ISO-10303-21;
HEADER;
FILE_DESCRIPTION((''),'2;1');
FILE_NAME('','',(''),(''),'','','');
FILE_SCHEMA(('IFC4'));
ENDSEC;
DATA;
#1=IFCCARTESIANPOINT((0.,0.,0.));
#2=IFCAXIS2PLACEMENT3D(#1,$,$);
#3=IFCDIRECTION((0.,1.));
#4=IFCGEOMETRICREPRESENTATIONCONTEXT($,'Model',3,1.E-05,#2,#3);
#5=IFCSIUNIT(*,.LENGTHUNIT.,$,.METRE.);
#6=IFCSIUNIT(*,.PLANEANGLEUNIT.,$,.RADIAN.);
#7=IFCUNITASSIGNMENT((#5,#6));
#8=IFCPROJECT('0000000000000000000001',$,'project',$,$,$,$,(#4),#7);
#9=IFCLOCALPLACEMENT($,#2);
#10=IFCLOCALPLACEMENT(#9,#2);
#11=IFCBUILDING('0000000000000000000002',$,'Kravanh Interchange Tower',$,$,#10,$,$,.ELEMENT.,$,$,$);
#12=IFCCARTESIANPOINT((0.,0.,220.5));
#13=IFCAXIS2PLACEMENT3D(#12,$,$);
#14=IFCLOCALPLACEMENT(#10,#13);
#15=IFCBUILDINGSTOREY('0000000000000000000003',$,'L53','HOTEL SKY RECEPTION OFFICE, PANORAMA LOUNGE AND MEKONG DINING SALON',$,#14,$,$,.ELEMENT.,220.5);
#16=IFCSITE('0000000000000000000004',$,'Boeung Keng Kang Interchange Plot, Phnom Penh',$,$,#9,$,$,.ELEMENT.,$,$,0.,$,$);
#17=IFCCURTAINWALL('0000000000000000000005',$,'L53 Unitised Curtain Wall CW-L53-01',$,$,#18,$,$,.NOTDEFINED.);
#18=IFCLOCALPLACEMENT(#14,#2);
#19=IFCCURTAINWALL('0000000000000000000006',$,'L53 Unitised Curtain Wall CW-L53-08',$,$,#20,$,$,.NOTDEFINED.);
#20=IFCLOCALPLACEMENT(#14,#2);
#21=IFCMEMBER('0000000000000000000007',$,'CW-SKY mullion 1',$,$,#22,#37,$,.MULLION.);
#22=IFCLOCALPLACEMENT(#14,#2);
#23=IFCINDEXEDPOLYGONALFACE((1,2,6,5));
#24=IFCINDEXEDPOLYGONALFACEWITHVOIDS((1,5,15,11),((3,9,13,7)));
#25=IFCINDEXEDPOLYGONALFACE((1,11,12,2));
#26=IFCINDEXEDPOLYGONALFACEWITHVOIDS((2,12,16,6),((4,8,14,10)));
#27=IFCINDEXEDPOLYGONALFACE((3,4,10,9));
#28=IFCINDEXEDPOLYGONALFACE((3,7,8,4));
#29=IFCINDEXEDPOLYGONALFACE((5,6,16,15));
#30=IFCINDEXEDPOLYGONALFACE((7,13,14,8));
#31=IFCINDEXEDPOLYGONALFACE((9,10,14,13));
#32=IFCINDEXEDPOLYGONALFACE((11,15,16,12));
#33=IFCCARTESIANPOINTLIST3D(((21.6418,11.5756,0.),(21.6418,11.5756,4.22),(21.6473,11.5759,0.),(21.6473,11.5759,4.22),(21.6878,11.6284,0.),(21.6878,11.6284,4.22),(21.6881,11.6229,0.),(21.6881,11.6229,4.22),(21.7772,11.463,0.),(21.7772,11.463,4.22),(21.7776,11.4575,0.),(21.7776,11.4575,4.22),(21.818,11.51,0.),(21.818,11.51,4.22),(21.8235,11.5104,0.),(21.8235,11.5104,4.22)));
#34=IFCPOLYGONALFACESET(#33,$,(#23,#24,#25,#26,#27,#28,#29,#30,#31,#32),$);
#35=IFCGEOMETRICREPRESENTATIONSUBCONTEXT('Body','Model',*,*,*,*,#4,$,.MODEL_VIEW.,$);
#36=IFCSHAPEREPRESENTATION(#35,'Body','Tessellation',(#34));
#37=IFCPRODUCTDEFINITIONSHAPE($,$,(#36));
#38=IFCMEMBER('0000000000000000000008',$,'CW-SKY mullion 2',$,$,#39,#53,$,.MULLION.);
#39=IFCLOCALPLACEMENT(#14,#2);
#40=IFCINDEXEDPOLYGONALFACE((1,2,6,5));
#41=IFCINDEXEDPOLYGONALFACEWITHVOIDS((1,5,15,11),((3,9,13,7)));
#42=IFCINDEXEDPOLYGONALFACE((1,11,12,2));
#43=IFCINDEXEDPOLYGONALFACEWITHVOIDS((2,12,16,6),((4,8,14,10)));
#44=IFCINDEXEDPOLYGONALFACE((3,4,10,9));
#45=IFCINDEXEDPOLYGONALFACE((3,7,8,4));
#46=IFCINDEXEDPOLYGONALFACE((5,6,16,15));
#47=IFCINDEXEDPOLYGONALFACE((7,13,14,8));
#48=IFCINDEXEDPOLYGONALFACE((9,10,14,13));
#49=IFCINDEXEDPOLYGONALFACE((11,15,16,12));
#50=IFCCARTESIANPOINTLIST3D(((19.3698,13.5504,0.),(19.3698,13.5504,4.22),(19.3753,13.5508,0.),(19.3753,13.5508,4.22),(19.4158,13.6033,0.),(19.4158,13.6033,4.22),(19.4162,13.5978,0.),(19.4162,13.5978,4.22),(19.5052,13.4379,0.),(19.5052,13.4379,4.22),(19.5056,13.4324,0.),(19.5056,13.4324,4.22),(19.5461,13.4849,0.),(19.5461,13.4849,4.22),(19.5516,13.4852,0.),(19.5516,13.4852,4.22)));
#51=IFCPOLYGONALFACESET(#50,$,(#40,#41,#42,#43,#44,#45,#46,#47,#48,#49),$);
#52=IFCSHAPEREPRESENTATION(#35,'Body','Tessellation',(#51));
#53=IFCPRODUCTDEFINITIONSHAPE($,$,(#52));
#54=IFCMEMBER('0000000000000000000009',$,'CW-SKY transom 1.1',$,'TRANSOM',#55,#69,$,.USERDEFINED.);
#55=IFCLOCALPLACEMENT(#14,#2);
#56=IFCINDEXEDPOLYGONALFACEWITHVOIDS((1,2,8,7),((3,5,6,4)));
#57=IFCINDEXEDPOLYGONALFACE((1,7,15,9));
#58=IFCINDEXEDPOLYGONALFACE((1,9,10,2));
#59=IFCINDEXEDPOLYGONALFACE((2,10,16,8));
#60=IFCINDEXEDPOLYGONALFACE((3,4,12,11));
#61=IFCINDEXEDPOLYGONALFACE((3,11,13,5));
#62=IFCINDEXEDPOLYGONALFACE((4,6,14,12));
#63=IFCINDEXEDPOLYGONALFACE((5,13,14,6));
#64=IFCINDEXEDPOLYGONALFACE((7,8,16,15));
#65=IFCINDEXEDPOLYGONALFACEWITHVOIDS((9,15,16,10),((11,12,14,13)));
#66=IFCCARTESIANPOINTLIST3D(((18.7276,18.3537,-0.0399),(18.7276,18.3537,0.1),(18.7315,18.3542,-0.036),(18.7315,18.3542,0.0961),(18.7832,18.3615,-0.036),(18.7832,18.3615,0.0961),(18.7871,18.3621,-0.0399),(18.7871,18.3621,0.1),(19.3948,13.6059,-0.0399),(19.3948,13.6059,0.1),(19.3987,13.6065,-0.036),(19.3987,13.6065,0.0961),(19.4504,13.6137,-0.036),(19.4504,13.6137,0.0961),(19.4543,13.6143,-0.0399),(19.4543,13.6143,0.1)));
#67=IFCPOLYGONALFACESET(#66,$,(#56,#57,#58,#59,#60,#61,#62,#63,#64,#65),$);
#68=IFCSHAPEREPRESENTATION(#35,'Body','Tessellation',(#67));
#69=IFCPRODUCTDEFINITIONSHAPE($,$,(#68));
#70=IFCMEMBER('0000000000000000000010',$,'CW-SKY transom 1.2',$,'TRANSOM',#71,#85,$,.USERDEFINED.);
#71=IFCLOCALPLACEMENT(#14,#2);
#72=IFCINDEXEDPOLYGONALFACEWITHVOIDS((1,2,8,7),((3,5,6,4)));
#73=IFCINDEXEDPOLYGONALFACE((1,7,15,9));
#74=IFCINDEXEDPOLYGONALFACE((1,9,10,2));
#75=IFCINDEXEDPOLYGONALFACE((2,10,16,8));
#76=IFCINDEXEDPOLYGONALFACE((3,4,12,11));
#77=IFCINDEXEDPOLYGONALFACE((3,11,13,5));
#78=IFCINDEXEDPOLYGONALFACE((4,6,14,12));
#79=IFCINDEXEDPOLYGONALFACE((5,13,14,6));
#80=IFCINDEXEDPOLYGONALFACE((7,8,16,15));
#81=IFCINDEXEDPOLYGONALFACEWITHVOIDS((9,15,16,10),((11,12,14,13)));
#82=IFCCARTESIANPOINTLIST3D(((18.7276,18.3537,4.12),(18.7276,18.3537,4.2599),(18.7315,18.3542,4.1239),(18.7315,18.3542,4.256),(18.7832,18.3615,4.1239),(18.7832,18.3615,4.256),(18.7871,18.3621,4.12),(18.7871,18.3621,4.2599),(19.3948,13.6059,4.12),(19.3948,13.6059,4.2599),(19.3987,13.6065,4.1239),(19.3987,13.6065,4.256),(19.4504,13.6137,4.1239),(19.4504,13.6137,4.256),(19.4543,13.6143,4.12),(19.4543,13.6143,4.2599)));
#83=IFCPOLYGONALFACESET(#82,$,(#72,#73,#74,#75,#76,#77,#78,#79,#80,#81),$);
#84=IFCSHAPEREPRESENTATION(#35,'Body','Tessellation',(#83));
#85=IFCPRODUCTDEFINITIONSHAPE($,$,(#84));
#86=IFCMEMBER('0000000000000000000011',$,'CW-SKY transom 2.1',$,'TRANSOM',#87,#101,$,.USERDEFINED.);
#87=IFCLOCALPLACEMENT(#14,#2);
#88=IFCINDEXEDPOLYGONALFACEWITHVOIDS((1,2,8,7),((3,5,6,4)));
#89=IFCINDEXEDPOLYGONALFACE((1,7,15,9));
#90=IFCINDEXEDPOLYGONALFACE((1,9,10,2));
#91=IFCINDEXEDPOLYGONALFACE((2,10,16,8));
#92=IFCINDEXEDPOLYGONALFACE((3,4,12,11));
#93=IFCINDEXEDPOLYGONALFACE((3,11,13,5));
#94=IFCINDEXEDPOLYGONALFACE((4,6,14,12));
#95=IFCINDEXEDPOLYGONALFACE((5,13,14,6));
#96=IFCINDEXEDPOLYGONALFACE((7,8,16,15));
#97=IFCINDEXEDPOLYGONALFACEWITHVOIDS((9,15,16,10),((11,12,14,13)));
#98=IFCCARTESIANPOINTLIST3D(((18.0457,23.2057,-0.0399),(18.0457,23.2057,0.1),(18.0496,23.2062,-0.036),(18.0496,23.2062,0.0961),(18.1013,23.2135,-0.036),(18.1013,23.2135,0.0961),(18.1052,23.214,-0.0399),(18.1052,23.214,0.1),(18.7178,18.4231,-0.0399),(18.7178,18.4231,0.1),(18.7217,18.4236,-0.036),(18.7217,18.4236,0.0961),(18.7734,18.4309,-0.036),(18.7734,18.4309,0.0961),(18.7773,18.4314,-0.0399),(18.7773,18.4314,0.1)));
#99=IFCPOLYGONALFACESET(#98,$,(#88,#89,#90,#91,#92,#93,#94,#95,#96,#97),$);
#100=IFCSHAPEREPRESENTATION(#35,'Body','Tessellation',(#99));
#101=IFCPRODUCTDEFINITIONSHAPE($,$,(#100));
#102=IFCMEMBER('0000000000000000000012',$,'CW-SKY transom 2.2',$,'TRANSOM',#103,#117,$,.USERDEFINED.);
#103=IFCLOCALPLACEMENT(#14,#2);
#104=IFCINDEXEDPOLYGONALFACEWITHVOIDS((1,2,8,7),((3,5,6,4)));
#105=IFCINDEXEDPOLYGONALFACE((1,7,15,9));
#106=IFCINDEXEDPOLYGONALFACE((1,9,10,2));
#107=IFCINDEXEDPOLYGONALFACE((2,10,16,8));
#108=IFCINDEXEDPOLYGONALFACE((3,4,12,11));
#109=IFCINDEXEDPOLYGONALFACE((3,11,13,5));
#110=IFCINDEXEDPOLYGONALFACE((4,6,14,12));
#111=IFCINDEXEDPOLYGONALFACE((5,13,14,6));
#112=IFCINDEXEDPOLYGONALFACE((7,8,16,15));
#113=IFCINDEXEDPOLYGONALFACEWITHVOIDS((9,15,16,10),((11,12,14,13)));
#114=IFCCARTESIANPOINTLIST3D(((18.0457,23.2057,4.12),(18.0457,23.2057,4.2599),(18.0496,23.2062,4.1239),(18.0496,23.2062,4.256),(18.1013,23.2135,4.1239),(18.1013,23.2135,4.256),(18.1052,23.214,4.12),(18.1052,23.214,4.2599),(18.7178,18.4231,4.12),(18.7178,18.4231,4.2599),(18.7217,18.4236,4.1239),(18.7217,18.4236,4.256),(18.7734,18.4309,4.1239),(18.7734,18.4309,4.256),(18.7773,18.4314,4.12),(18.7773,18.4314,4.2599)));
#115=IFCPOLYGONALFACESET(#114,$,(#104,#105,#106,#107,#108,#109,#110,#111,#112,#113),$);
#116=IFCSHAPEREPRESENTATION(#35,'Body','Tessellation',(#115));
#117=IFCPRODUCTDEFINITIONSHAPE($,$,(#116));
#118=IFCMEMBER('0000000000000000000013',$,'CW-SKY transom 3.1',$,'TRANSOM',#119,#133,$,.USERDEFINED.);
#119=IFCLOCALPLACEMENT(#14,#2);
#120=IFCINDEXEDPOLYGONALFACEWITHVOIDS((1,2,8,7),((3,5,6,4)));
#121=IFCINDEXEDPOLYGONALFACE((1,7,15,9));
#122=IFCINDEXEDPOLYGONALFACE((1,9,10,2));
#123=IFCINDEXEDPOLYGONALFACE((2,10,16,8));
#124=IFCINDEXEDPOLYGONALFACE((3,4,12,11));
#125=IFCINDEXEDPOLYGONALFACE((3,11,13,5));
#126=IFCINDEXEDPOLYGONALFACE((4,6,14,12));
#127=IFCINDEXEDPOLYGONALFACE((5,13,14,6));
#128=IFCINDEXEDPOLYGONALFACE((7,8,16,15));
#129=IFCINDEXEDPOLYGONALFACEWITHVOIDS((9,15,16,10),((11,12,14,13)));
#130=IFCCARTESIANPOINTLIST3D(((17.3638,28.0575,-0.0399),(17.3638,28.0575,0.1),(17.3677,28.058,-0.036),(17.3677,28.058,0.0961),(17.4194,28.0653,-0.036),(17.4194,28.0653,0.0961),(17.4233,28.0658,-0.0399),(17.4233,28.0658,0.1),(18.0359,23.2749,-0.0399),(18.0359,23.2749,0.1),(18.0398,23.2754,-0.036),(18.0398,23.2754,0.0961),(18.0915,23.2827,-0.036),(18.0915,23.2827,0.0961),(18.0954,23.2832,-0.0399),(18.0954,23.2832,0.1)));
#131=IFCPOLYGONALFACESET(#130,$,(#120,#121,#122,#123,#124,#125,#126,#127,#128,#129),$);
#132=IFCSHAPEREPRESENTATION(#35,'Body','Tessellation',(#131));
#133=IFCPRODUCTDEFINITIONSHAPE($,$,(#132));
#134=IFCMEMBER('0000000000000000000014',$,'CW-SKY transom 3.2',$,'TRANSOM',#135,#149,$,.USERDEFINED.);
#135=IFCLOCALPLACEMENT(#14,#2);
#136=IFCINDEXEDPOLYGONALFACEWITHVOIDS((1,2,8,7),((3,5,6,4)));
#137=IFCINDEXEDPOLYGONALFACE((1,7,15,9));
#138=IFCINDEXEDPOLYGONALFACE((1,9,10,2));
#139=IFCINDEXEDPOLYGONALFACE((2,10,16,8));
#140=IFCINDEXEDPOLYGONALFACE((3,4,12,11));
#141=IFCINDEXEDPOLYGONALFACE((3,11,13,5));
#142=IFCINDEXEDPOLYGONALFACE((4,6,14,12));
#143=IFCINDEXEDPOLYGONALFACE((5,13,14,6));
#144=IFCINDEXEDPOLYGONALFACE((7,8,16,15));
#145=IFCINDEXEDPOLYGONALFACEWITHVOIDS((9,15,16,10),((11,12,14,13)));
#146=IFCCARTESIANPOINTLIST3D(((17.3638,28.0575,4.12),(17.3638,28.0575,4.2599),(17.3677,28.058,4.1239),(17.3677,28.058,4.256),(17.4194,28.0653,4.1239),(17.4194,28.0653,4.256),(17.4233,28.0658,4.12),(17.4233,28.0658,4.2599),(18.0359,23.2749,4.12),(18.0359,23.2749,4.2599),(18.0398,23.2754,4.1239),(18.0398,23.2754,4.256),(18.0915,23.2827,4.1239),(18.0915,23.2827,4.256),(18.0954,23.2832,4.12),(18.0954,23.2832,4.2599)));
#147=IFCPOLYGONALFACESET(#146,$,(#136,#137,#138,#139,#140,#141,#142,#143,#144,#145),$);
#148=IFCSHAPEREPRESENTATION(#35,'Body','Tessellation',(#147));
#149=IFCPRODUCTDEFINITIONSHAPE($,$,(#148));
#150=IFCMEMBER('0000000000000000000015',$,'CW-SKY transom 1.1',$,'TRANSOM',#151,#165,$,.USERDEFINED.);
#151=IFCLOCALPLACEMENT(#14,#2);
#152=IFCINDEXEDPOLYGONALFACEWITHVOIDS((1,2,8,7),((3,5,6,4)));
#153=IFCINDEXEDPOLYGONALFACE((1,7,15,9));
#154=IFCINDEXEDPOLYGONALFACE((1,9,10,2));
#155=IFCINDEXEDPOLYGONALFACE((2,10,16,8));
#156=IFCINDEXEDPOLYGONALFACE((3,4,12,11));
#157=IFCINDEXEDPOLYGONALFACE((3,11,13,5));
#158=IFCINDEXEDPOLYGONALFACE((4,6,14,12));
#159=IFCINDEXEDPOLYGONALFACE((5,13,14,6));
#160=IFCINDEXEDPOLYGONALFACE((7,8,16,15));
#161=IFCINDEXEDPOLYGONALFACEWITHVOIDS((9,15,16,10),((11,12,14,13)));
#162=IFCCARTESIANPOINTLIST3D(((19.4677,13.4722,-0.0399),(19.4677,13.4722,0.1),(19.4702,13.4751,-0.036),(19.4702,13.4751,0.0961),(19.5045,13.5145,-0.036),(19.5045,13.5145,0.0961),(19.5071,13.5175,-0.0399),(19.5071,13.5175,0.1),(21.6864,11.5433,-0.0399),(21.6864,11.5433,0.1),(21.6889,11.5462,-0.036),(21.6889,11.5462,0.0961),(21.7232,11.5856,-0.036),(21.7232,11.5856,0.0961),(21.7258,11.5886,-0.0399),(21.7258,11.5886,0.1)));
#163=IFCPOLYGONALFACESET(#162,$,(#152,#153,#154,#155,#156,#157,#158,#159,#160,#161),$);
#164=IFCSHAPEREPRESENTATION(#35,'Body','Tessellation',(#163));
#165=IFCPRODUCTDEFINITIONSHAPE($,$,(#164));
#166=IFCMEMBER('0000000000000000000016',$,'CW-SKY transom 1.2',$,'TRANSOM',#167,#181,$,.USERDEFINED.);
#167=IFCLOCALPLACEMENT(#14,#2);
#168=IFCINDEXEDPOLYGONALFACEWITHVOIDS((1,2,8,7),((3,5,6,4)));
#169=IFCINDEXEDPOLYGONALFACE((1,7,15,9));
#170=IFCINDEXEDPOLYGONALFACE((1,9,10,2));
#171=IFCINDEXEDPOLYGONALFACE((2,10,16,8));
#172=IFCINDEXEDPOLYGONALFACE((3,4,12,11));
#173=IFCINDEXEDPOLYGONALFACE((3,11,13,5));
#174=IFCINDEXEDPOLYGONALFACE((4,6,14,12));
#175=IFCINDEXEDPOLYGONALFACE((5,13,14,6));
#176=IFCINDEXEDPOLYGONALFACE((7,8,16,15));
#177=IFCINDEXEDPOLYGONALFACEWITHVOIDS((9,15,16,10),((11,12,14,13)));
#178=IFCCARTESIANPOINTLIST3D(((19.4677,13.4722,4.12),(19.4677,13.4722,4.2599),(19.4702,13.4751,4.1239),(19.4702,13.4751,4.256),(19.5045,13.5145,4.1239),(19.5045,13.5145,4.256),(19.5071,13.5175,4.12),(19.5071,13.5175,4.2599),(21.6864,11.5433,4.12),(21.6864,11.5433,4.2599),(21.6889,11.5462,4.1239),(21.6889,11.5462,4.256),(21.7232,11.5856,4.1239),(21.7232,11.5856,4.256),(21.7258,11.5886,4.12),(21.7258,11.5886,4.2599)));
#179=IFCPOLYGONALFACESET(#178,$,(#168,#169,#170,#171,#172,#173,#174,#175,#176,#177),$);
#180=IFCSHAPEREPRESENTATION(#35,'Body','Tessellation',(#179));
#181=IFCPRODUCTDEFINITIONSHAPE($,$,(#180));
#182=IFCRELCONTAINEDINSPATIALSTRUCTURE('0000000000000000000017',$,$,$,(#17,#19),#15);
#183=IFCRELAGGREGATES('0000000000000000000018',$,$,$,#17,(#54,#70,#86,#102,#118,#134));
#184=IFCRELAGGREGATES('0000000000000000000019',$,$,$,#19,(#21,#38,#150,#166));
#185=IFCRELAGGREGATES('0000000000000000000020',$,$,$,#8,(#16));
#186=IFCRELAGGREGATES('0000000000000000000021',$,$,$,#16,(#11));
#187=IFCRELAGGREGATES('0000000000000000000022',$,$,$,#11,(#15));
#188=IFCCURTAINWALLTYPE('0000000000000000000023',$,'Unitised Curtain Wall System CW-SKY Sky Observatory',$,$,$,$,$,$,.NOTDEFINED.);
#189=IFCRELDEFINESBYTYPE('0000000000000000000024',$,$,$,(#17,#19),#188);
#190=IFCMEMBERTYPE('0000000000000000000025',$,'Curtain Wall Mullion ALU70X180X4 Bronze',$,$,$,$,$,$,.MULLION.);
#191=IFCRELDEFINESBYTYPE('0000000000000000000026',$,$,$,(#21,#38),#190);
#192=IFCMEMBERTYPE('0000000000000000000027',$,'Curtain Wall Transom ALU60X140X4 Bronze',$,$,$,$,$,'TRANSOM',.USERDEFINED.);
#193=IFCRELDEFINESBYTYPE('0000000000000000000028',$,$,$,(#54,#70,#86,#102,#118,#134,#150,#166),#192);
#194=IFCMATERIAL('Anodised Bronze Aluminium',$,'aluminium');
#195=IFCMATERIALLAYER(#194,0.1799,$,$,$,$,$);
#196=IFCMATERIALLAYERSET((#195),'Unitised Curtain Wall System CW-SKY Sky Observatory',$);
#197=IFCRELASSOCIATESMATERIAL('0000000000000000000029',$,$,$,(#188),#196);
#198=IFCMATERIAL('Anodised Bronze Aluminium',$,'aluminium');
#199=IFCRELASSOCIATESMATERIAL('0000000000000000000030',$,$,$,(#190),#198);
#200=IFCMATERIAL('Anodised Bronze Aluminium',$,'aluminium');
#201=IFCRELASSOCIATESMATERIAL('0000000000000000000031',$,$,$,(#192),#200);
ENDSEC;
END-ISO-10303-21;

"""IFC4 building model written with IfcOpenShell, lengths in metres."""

from ifc_helpers import new_model, si_unit, direction, frame, origin, origin_2d, place, context, subcontext, project, spatial, hollow_rectangle, extrude, material, layer, layer_set, material_profile, profile_set, type_object, element, aggregate, save


model = new_model("IFC4")

# Units and contexts
model_context = context("Model", 3, precision=1e-05, world=origin(), true_north=direction((0.0, 1.0)))
body_context = subcontext(model_context, "Body", "Model", "MODEL_VIEW")
ifc_project = project(units=[si_unit("LENGTHUNIT", "METRE"), si_unit("PLANEANGLEUNIT", "RADIAN")], contexts=[model_context])

# Site, building, storey
site_placement = place(None, origin())
site = spatial("IfcSite", under=ifc_project, at=site_placement, Name="Boeung Keng Kang Interchange Plot, Phnom Penh", CompositionType="ELEMENT", RefElevation=0.0)
building_placement = place(site_placement, origin())
building = spatial("IfcBuilding", under=site, at=building_placement, Name="Kravanh Interchange Tower", CompositionType="ELEMENT")
storey_placement = place(building_placement, frame((0.0, 0.0, 220.5)))
storey = spatial("IfcBuildingStorey", under=building, at=storey_placement, Name="L53", Description="HOTEL SKY RECEPTION OFFICE, PANORAMA LOUNGE AND MEKONG DINING SALON", CompositionType="ELEMENT", Elevation=220.5)

# Curtain walls, members
ifc_material_1 = material(Name="Anodised Bronze Aluminium", Category="aluminium")
ifc_layer_1 = layer(ifc_material_1, 0.1799)
ifc_layer_set_1 = layer_set([ifc_layer_1], Name="Unitised Curtain Wall System CW-SKY Sky Observatory")
curtain_wall_type = type_object("IfcCurtainWallType", Name="Unitised Curtain Wall System CW-SKY Sky Observatory", PredefinedType="NOTDEFINED", material=ifc_layer_set_1)
curtain_wall_1_placement = place(storey_placement, origin())
curtain_wall_1 = element("IfcCurtainWall", 1, at=curtain_wall_1_placement, inside=storey, type_object=curtain_wall_type, Name="L53 Unitised Curtain Wall CW-L53-01", PredefinedType="NOTDEFINED")
ifc_material_2 = material(Name="Anodised Bronze Aluminium", Category="aluminium")
ifc_material_profile_1 = material_profile(ifc_material_2, hollow_rectangle(XDim=0.0701, YDim=0.1799, WallThickness=0.0039, at=origin_2d()), Name="ALU70X180X4")
ifc_profile_set_1 = profile_set([ifc_material_profile_1], Name="Anodised Bronze Aluminium")
member_type_1 = type_object("IfcMemberType", Name="Curtain Wall Mullion ALU70X180X4 Bronze", PredefinedType="MULLION", material=ifc_profile_set_1)
curtain_wall_2_placement = place(storey_placement, origin())
curtain_wall_2 = element("IfcCurtainWall", 2, at=curtain_wall_2_placement, inside=storey, type_object=curtain_wall_type, Name="L53 Unitised Curtain Wall CW-L53-08", PredefinedType="NOTDEFINED")
member_1_placement = place(storey_placement, frame((21.7327, 11.543, 0.0), z_axis=(0.0, 0.0, 1.0), x_axis=(-0.656051, -0.754717, 0.0)))
member_1 = element("IfcMember", 3, at=member_1_placement, type_object=member_type_1, Name="CW-SKY mullion 1", PredefinedType="MULLION", context=body_context, shape_type="SweptSolid", body=[
    extrude(hollow_rectangle(XDim=0.0701, YDim=0.1799, WallThickness=0.0039, at=origin_2d()), origin(), (0.0, 0.0, 1.0), 4.22),
])
member_2_placement = place(storey_placement, frame((19.4607, 13.5178, 0.0), z_axis=(0.0, 0.0, 1.0), x_axis=(-0.656051, -0.754717, 0.0)))
member_2 = element("IfcMember", 4, at=member_2_placement, type_object=member_type_1, Name="CW-SKY mullion 2", PredefinedType="MULLION", context=body_context, shape_type="SweptSolid", body=[
    extrude(hollow_rectangle(XDim=0.0701, YDim=0.1799, WallThickness=0.0039, at=origin_2d()), origin(), (0.0, 0.0, 1.0), 4.22),
])

# Members
ifc_material_3 = material(Name="Anodised Bronze Aluminium", Category="aluminium")
ifc_material_profile_2 = material_profile(ifc_material_3, hollow_rectangle(XDim=0.0601, YDim=0.1399, WallThickness=0.0039, at=origin_2d()), Name="ALU60X140X4")
ifc_profile_set_2 = profile_set([ifc_material_profile_2], Name="Anodised Bronze Aluminium")
member_type_2 = type_object("IfcMemberType", Name="Curtain Wall Transom ALU60X140X4 Bronze", ElementType="TRANSOM", PredefinedType="USERDEFINED", material=ifc_profile_set_2)
member_3_placement = place(storey_placement, frame((19.4246, 13.6101, 0.03), z_axis=(-0.139168, 0.990269, 0.0), x_axis=(-0.990269, -0.139168, 0.0)))
member_3 = element("IfcMember", 5, at=member_3_placement, type_object=member_type_2, Name="CW-SKY transom 1.1", ObjectType="TRANSOM", PredefinedType="USERDEFINED", context=body_context, shape_type="SweptSolid", body=[
    extrude(hollow_rectangle(XDim=0.0601, YDim=0.1399, WallThickness=0.0039, at=origin_2d()), origin(), (0.0, 0.0, 1.0), 4.7944),
])
member_4_placement = place(storey_placement, frame((19.4246, 13.6101, 4.1899), z_axis=(-0.139168, 0.990269, 0.0), x_axis=(-0.990269, -0.139168, 0.0)))
member_4 = element("IfcMember", 6, at=member_4_placement, type_object=member_type_2, Name="CW-SKY transom 1.2", ObjectType="TRANSOM", PredefinedType="USERDEFINED", context=body_context, shape_type="SweptSolid", body=[
    extrude(hollow_rectangle(XDim=0.0601, YDim=0.1399, WallThickness=0.0039, at=origin_2d()), origin(), (0.0, 0.0, 1.0), 4.7944),
])
member_5_placement = place(storey_placement, frame((18.7476, 18.4272, 0.03), z_axis=(-0.13917, 0.990268, 0.0), x_axis=(-0.990268, -0.13917, 0.0)))
member_5 = element("IfcMember", 7, at=member_5_placement, type_object=member_type_2, Name="CW-SKY transom 2.1", ObjectType="TRANSOM", PredefinedType="USERDEFINED", context=body_context, shape_type="SweptSolid", body=[
    extrude(hollow_rectangle(XDim=0.0601, YDim=0.1399, WallThickness=0.0039, at=origin_2d()), origin(), (0.0, 0.0, 1.0), 4.8296),
])
member_6_placement = place(storey_placement, frame((18.7476, 18.4272, 4.1899), z_axis=(-0.13917, 0.990268, 0.0), x_axis=(-0.990268, -0.13917, 0.0)))
member_6 = element("IfcMember", 8, at=member_6_placement, type_object=member_type_2, Name="CW-SKY transom 2.2", ObjectType="TRANSOM", PredefinedType="USERDEFINED", context=body_context, shape_type="SweptSolid", body=[
    extrude(hollow_rectangle(XDim=0.0601, YDim=0.1399, WallThickness=0.0039, at=origin_2d()), origin(), (0.0, 0.0, 1.0), 4.8296),
])
member_7_placement = place(storey_placement, frame((18.0657, 23.2791, 0.03), z_axis=(-0.13917, 0.990268, 0.0), x_axis=(-0.990268, -0.13917, 0.0)))
member_7 = element("IfcMember", 9, at=member_7_placement, type_object=member_type_2, Name="CW-SKY transom 3.1", ObjectType="TRANSOM", PredefinedType="USERDEFINED", context=body_context, shape_type="SweptSolid", body=[
    extrude(hollow_rectangle(XDim=0.0601, YDim=0.1399, WallThickness=0.0039, at=origin_2d()), origin(), (0.0, 0.0, 1.0), 4.8296),
])
member_8_placement = place(storey_placement, frame((18.0657, 23.2791, 4.1899), z_axis=(-0.13917, 0.990268, 0.0), x_axis=(-0.990268, -0.13917, 0.0)))
member_8 = element("IfcMember", 10, at=member_8_placement, type_object=member_type_2, Name="CW-SKY transom 3.2", ObjectType="TRANSOM", PredefinedType="USERDEFINED", context=body_context, shape_type="SweptSolid", body=[
    extrude(hollow_rectangle(XDim=0.0601, YDim=0.1399, WallThickness=0.0039, at=origin_2d()), origin(), (0.0, 0.0, 1.0), 4.8296),
])
member_9_placement = place(storey_placement, frame((21.7061, 11.5659, 0.03), z_axis=(-0.754672, 0.656103, 0.0), x_axis=(-0.656103, -0.754672, 0.0)))
member_9 = element("IfcMember", 11, at=member_9_placement, type_object=member_type_2, Name="CW-SKY transom 1.1", ObjectType="TRANSOM", PredefinedType="USERDEFINED", context=body_context, shape_type="SweptSolid", body=[
    extrude(hollow_rectangle(XDim=0.0601, YDim=0.1399, WallThickness=0.0039, at=origin_2d()), origin(), (0.0, 0.0, 1.0), 2.9399),
])
member_10_placement = place(storey_placement, frame((21.7061, 11.5659, 4.1899), z_axis=(-0.754672, 0.656103, 0.0), x_axis=(-0.656103, -0.754672, 0.0)))
member_10 = element("IfcMember", 12, at=member_10_placement, type_object=member_type_2, Name="CW-SKY transom 1.2", ObjectType="TRANSOM", PredefinedType="USERDEFINED", context=body_context, shape_type="SweptSolid", body=[
    extrude(hollow_rectangle(XDim=0.0601, YDim=0.1399, WallThickness=0.0039, at=origin_2d()), origin(), (0.0, 0.0, 1.0), 2.9399),
])

aggregate(curtain_wall_1, [member_3, member_4, member_5, member_6, member_7, member_8])
aggregate(curtain_wall_2, [member_1, member_2, member_9, member_10])

save(model, "model.ifc")
